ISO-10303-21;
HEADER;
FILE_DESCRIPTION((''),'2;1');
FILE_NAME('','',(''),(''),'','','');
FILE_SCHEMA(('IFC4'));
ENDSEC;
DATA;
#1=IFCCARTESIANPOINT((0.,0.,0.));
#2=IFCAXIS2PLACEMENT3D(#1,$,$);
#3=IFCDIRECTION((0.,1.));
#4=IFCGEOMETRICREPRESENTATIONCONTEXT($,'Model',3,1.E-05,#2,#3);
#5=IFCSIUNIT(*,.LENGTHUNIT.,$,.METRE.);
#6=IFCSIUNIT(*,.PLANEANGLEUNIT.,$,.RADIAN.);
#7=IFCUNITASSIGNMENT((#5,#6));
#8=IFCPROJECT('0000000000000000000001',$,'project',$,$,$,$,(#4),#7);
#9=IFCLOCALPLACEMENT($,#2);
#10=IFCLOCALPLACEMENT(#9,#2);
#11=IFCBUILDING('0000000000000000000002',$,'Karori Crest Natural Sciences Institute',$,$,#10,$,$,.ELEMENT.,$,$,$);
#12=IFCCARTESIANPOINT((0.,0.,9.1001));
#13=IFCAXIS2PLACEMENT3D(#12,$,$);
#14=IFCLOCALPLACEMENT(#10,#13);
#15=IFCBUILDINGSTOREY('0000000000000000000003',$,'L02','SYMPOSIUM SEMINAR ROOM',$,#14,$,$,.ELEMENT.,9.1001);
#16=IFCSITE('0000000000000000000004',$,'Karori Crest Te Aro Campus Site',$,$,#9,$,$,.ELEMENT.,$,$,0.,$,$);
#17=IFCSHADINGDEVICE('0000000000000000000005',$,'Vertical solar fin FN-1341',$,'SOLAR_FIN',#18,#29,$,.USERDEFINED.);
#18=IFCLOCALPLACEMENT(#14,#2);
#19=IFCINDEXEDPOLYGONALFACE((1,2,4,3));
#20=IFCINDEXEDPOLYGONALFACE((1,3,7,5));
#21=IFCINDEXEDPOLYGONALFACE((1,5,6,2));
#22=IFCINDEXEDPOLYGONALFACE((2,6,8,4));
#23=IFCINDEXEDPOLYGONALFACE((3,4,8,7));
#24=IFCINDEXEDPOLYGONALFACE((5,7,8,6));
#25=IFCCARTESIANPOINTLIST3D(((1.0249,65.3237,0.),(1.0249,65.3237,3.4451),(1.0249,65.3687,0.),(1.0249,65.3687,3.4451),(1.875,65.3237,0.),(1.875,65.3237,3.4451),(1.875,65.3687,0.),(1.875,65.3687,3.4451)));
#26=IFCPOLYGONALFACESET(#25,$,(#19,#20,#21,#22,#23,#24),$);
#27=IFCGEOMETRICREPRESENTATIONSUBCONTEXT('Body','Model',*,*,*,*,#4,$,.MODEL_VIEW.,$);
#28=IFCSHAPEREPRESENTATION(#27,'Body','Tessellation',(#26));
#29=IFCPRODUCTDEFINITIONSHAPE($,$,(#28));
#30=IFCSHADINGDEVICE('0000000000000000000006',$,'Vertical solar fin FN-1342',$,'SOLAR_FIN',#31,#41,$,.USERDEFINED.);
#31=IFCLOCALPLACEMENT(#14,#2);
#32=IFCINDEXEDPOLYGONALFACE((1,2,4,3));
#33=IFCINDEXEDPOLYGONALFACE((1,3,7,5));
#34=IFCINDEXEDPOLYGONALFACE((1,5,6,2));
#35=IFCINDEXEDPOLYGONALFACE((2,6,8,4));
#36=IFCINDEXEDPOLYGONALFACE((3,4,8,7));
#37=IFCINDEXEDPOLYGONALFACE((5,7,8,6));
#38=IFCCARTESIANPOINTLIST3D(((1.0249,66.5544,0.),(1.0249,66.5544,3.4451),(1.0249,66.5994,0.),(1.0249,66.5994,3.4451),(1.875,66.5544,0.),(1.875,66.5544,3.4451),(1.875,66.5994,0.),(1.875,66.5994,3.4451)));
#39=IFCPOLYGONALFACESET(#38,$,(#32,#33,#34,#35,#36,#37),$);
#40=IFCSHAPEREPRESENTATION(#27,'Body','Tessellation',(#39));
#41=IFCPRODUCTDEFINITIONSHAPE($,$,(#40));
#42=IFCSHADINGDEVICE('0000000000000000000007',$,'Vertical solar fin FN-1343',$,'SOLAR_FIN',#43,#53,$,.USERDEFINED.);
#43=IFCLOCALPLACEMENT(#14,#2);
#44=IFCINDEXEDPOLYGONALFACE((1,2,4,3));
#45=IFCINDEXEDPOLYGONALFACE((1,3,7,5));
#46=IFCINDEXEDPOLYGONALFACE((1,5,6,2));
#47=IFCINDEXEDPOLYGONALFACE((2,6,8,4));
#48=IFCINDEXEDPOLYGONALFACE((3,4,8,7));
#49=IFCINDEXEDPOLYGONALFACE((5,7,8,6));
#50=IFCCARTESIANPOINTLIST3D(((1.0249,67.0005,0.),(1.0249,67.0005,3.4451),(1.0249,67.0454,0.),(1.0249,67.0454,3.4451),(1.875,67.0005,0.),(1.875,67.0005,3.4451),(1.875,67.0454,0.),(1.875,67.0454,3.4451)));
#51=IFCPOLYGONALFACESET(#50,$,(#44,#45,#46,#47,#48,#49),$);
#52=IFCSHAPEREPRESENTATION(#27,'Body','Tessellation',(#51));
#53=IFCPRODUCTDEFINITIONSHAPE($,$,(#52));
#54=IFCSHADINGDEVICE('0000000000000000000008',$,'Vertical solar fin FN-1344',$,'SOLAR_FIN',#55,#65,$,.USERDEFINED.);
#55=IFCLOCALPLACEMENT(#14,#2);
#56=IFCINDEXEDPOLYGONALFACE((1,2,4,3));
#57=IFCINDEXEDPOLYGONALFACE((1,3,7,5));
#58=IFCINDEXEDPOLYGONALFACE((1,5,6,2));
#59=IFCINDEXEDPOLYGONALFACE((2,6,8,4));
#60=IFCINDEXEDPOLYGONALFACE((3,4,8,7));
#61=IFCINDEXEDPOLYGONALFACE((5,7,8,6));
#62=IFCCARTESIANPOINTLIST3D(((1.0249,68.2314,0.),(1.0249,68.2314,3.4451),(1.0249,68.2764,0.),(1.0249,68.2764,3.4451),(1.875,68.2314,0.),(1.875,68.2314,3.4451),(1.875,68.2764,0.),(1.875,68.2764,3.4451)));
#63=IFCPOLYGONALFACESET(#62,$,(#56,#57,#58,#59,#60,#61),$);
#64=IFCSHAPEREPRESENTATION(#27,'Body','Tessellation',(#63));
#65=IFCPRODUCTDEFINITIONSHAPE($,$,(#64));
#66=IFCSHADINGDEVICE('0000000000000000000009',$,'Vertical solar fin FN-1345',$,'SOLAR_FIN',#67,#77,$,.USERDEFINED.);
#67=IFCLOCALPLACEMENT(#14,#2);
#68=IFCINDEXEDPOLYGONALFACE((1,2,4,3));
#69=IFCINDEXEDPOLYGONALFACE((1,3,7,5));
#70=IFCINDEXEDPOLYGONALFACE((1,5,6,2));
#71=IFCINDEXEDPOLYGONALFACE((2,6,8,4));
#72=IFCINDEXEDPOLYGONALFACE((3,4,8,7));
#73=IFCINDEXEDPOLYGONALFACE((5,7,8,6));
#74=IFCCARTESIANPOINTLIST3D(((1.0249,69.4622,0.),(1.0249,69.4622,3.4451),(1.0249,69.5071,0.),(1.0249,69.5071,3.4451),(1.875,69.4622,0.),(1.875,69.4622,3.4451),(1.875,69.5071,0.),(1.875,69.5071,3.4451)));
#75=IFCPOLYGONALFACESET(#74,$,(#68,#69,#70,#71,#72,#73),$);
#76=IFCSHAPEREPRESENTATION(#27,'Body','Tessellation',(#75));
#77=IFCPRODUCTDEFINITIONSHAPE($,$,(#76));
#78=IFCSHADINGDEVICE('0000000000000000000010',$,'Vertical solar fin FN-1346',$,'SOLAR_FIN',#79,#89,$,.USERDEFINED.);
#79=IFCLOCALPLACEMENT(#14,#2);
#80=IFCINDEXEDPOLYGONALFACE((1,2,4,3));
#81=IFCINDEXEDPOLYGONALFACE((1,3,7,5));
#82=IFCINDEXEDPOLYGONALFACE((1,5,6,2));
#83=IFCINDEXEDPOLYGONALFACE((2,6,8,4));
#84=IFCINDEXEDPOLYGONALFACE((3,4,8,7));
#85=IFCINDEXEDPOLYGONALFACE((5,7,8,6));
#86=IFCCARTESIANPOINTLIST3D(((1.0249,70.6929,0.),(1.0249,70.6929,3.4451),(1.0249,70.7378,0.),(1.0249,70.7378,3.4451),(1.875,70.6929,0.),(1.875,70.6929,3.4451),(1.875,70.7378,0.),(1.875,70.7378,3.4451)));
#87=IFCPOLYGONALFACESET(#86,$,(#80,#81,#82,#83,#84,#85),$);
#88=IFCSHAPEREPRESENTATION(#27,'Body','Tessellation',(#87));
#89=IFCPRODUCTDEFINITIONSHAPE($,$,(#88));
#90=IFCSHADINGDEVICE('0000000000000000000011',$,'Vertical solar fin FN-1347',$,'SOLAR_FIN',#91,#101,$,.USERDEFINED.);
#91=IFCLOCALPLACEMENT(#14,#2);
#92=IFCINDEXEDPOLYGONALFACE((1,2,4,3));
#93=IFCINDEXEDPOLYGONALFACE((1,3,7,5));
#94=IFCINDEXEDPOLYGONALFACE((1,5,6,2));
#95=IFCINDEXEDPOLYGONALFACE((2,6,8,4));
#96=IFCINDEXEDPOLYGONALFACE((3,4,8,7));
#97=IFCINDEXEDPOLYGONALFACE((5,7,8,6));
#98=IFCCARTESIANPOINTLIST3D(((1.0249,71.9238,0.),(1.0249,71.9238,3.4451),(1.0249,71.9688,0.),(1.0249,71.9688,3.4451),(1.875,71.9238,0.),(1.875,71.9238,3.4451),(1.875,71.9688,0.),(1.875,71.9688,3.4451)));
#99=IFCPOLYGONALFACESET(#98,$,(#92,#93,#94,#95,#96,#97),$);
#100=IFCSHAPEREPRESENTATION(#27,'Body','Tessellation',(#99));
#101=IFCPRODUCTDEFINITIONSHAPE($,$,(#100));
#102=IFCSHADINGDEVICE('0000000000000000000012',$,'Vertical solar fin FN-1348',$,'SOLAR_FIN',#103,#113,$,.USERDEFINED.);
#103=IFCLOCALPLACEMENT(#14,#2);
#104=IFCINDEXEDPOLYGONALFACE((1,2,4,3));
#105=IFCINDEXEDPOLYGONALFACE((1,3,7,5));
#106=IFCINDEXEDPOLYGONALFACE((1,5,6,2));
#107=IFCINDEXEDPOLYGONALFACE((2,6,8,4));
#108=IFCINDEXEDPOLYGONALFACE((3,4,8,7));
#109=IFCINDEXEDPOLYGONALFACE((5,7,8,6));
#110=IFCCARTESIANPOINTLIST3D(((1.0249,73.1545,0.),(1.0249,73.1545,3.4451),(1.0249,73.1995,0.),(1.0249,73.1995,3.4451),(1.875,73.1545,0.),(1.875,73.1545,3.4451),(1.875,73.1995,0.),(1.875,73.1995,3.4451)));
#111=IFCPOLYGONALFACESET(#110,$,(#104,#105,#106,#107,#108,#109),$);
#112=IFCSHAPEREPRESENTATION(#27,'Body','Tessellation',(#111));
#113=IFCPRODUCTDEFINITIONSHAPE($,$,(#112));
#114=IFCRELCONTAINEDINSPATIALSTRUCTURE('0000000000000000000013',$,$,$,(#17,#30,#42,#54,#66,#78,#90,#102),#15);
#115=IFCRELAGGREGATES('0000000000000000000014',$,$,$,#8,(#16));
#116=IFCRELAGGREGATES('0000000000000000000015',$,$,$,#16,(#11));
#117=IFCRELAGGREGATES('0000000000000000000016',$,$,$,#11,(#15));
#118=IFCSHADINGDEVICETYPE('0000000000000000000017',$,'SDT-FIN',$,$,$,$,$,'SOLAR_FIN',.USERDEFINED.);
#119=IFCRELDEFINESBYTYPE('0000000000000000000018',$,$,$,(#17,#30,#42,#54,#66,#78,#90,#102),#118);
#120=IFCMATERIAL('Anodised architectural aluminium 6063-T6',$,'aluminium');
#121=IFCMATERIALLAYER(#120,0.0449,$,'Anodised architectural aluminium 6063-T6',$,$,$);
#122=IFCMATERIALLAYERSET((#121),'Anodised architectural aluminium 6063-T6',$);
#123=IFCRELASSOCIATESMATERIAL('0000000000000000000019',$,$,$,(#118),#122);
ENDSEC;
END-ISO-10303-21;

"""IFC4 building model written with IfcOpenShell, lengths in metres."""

from ifc_helpers import new_model, si_unit, direction, frame, origin, origin_2d, place, context, subcontext, project, spatial, rectangle, extrude, material, layer, layer_set, type_object, element, save


model = new_model("IFC4")

# Units and contexts
model_context = context("Model", 3, precision=1e-05, world=origin(), true_north=direction((0.0, 1.0)))
body_context = subcontext(model_context, "Body", "Model", "MODEL_VIEW")
ifc_project = project(units=[si_unit("LENGTHUNIT", "METRE"), si_unit("PLANEANGLEUNIT", "RADIAN")], contexts=[model_context])

# Site, building, storey
site_placement = place(None, origin())
site = spatial("IfcSite", under=ifc_project, at=site_placement, Name="Karori Crest Te Aro Campus Site", CompositionType="ELEMENT", RefElevation=0.0)
building_placement = place(site_placement, origin())
building = spatial("IfcBuilding", under=site, at=building_placement, Name="Karori Crest Natural Sciences Institute", CompositionType="ELEMENT")
storey_placement = place(building_placement, frame((0.0, 0.0, 9.1001)))
storey = spatial("IfcBuildingStorey", under=building, at=storey_placement, Name="L02", Description="SYMPOSIUM SEMINAR ROOM", CompositionType="ELEMENT", Elevation=9.1001)

# Shared definitions
ifc_material_1 = material(Name="Anodised architectural aluminium 6063-T6", Category="aluminium")

# Shading devices
ifc_layer_1 = layer(ifc_material_1, 0.0449, Name="Anodised architectural aluminium 6063-T6")
ifc_layer_set_1 = layer_set([ifc_layer_1], Name="Anodised architectural aluminium 6063-T6")
shading_device_type = type_object("IfcShadingDeviceType", Name="SDT-FIN", ElementType="SOLAR_FIN", PredefinedType="USERDEFINED", material=ifc_layer_set_1)
for number, where, z_axis, x_axis, name in (
    (1, (1.45, 65.3462, 0.0), (0.0, 0.0, 1.0), (-1.0, 0.0, 0.0), "Vertical solar fin FN-1341"),
    (2, (1.45, 66.5769, 0.0), (0.0, 0.0, 1.0), (-1.0, 0.0, 0.0), "Vertical solar fin FN-1342"),
    (3, (1.45, 67.0229, 0.0), (0.0, 0.0, 1.0), (-1.0, 0.0, 0.0), "Vertical solar fin FN-1343"),
    (4, (1.45, 68.2539, 0.0), (0.0, 0.0, 1.0), (-1.0, 0.0, 0.0), "Vertical solar fin FN-1344"),
    (5, (1.45, 69.4846, 0.0), (0.0, 0.0, 1.0), (-1.0, 0.0, 0.0), "Vertical solar fin FN-1345"),
    (6, (1.45, 70.7153, 0.0), (0.0, 0.0, 1.0), (-1.0, 0.0, 0.0), "Vertical solar fin FN-1346"),
    (7, (1.45, 71.9463, 0.0), (0.0, 0.0, 1.0), (-1.0, 0.0, 0.0), "Vertical solar fin FN-1347"),
    (8, (1.45, 73.177, 0.0), (0.0, 0.0, 1.0), (-1.0, 0.0, 0.0), "Vertical solar fin FN-1348"),
):
    element("IfcShadingDevice", number, at=place(storey_placement, frame(where, z_axis=z_axis, x_axis=x_axis)), inside=storey, type_object=shading_device_type, Name=name, ObjectType="SOLAR_FIN", PredefinedType="USERDEFINED", context=body_context, shape_type="SweptSolid", body=[
        extrude(rectangle(XDim=0.8501, YDim=0.0449, at=origin_2d()), origin(), (0.0, 0.0, 1.0), 3.4451),
    ])

save(model, "model.ifc")
